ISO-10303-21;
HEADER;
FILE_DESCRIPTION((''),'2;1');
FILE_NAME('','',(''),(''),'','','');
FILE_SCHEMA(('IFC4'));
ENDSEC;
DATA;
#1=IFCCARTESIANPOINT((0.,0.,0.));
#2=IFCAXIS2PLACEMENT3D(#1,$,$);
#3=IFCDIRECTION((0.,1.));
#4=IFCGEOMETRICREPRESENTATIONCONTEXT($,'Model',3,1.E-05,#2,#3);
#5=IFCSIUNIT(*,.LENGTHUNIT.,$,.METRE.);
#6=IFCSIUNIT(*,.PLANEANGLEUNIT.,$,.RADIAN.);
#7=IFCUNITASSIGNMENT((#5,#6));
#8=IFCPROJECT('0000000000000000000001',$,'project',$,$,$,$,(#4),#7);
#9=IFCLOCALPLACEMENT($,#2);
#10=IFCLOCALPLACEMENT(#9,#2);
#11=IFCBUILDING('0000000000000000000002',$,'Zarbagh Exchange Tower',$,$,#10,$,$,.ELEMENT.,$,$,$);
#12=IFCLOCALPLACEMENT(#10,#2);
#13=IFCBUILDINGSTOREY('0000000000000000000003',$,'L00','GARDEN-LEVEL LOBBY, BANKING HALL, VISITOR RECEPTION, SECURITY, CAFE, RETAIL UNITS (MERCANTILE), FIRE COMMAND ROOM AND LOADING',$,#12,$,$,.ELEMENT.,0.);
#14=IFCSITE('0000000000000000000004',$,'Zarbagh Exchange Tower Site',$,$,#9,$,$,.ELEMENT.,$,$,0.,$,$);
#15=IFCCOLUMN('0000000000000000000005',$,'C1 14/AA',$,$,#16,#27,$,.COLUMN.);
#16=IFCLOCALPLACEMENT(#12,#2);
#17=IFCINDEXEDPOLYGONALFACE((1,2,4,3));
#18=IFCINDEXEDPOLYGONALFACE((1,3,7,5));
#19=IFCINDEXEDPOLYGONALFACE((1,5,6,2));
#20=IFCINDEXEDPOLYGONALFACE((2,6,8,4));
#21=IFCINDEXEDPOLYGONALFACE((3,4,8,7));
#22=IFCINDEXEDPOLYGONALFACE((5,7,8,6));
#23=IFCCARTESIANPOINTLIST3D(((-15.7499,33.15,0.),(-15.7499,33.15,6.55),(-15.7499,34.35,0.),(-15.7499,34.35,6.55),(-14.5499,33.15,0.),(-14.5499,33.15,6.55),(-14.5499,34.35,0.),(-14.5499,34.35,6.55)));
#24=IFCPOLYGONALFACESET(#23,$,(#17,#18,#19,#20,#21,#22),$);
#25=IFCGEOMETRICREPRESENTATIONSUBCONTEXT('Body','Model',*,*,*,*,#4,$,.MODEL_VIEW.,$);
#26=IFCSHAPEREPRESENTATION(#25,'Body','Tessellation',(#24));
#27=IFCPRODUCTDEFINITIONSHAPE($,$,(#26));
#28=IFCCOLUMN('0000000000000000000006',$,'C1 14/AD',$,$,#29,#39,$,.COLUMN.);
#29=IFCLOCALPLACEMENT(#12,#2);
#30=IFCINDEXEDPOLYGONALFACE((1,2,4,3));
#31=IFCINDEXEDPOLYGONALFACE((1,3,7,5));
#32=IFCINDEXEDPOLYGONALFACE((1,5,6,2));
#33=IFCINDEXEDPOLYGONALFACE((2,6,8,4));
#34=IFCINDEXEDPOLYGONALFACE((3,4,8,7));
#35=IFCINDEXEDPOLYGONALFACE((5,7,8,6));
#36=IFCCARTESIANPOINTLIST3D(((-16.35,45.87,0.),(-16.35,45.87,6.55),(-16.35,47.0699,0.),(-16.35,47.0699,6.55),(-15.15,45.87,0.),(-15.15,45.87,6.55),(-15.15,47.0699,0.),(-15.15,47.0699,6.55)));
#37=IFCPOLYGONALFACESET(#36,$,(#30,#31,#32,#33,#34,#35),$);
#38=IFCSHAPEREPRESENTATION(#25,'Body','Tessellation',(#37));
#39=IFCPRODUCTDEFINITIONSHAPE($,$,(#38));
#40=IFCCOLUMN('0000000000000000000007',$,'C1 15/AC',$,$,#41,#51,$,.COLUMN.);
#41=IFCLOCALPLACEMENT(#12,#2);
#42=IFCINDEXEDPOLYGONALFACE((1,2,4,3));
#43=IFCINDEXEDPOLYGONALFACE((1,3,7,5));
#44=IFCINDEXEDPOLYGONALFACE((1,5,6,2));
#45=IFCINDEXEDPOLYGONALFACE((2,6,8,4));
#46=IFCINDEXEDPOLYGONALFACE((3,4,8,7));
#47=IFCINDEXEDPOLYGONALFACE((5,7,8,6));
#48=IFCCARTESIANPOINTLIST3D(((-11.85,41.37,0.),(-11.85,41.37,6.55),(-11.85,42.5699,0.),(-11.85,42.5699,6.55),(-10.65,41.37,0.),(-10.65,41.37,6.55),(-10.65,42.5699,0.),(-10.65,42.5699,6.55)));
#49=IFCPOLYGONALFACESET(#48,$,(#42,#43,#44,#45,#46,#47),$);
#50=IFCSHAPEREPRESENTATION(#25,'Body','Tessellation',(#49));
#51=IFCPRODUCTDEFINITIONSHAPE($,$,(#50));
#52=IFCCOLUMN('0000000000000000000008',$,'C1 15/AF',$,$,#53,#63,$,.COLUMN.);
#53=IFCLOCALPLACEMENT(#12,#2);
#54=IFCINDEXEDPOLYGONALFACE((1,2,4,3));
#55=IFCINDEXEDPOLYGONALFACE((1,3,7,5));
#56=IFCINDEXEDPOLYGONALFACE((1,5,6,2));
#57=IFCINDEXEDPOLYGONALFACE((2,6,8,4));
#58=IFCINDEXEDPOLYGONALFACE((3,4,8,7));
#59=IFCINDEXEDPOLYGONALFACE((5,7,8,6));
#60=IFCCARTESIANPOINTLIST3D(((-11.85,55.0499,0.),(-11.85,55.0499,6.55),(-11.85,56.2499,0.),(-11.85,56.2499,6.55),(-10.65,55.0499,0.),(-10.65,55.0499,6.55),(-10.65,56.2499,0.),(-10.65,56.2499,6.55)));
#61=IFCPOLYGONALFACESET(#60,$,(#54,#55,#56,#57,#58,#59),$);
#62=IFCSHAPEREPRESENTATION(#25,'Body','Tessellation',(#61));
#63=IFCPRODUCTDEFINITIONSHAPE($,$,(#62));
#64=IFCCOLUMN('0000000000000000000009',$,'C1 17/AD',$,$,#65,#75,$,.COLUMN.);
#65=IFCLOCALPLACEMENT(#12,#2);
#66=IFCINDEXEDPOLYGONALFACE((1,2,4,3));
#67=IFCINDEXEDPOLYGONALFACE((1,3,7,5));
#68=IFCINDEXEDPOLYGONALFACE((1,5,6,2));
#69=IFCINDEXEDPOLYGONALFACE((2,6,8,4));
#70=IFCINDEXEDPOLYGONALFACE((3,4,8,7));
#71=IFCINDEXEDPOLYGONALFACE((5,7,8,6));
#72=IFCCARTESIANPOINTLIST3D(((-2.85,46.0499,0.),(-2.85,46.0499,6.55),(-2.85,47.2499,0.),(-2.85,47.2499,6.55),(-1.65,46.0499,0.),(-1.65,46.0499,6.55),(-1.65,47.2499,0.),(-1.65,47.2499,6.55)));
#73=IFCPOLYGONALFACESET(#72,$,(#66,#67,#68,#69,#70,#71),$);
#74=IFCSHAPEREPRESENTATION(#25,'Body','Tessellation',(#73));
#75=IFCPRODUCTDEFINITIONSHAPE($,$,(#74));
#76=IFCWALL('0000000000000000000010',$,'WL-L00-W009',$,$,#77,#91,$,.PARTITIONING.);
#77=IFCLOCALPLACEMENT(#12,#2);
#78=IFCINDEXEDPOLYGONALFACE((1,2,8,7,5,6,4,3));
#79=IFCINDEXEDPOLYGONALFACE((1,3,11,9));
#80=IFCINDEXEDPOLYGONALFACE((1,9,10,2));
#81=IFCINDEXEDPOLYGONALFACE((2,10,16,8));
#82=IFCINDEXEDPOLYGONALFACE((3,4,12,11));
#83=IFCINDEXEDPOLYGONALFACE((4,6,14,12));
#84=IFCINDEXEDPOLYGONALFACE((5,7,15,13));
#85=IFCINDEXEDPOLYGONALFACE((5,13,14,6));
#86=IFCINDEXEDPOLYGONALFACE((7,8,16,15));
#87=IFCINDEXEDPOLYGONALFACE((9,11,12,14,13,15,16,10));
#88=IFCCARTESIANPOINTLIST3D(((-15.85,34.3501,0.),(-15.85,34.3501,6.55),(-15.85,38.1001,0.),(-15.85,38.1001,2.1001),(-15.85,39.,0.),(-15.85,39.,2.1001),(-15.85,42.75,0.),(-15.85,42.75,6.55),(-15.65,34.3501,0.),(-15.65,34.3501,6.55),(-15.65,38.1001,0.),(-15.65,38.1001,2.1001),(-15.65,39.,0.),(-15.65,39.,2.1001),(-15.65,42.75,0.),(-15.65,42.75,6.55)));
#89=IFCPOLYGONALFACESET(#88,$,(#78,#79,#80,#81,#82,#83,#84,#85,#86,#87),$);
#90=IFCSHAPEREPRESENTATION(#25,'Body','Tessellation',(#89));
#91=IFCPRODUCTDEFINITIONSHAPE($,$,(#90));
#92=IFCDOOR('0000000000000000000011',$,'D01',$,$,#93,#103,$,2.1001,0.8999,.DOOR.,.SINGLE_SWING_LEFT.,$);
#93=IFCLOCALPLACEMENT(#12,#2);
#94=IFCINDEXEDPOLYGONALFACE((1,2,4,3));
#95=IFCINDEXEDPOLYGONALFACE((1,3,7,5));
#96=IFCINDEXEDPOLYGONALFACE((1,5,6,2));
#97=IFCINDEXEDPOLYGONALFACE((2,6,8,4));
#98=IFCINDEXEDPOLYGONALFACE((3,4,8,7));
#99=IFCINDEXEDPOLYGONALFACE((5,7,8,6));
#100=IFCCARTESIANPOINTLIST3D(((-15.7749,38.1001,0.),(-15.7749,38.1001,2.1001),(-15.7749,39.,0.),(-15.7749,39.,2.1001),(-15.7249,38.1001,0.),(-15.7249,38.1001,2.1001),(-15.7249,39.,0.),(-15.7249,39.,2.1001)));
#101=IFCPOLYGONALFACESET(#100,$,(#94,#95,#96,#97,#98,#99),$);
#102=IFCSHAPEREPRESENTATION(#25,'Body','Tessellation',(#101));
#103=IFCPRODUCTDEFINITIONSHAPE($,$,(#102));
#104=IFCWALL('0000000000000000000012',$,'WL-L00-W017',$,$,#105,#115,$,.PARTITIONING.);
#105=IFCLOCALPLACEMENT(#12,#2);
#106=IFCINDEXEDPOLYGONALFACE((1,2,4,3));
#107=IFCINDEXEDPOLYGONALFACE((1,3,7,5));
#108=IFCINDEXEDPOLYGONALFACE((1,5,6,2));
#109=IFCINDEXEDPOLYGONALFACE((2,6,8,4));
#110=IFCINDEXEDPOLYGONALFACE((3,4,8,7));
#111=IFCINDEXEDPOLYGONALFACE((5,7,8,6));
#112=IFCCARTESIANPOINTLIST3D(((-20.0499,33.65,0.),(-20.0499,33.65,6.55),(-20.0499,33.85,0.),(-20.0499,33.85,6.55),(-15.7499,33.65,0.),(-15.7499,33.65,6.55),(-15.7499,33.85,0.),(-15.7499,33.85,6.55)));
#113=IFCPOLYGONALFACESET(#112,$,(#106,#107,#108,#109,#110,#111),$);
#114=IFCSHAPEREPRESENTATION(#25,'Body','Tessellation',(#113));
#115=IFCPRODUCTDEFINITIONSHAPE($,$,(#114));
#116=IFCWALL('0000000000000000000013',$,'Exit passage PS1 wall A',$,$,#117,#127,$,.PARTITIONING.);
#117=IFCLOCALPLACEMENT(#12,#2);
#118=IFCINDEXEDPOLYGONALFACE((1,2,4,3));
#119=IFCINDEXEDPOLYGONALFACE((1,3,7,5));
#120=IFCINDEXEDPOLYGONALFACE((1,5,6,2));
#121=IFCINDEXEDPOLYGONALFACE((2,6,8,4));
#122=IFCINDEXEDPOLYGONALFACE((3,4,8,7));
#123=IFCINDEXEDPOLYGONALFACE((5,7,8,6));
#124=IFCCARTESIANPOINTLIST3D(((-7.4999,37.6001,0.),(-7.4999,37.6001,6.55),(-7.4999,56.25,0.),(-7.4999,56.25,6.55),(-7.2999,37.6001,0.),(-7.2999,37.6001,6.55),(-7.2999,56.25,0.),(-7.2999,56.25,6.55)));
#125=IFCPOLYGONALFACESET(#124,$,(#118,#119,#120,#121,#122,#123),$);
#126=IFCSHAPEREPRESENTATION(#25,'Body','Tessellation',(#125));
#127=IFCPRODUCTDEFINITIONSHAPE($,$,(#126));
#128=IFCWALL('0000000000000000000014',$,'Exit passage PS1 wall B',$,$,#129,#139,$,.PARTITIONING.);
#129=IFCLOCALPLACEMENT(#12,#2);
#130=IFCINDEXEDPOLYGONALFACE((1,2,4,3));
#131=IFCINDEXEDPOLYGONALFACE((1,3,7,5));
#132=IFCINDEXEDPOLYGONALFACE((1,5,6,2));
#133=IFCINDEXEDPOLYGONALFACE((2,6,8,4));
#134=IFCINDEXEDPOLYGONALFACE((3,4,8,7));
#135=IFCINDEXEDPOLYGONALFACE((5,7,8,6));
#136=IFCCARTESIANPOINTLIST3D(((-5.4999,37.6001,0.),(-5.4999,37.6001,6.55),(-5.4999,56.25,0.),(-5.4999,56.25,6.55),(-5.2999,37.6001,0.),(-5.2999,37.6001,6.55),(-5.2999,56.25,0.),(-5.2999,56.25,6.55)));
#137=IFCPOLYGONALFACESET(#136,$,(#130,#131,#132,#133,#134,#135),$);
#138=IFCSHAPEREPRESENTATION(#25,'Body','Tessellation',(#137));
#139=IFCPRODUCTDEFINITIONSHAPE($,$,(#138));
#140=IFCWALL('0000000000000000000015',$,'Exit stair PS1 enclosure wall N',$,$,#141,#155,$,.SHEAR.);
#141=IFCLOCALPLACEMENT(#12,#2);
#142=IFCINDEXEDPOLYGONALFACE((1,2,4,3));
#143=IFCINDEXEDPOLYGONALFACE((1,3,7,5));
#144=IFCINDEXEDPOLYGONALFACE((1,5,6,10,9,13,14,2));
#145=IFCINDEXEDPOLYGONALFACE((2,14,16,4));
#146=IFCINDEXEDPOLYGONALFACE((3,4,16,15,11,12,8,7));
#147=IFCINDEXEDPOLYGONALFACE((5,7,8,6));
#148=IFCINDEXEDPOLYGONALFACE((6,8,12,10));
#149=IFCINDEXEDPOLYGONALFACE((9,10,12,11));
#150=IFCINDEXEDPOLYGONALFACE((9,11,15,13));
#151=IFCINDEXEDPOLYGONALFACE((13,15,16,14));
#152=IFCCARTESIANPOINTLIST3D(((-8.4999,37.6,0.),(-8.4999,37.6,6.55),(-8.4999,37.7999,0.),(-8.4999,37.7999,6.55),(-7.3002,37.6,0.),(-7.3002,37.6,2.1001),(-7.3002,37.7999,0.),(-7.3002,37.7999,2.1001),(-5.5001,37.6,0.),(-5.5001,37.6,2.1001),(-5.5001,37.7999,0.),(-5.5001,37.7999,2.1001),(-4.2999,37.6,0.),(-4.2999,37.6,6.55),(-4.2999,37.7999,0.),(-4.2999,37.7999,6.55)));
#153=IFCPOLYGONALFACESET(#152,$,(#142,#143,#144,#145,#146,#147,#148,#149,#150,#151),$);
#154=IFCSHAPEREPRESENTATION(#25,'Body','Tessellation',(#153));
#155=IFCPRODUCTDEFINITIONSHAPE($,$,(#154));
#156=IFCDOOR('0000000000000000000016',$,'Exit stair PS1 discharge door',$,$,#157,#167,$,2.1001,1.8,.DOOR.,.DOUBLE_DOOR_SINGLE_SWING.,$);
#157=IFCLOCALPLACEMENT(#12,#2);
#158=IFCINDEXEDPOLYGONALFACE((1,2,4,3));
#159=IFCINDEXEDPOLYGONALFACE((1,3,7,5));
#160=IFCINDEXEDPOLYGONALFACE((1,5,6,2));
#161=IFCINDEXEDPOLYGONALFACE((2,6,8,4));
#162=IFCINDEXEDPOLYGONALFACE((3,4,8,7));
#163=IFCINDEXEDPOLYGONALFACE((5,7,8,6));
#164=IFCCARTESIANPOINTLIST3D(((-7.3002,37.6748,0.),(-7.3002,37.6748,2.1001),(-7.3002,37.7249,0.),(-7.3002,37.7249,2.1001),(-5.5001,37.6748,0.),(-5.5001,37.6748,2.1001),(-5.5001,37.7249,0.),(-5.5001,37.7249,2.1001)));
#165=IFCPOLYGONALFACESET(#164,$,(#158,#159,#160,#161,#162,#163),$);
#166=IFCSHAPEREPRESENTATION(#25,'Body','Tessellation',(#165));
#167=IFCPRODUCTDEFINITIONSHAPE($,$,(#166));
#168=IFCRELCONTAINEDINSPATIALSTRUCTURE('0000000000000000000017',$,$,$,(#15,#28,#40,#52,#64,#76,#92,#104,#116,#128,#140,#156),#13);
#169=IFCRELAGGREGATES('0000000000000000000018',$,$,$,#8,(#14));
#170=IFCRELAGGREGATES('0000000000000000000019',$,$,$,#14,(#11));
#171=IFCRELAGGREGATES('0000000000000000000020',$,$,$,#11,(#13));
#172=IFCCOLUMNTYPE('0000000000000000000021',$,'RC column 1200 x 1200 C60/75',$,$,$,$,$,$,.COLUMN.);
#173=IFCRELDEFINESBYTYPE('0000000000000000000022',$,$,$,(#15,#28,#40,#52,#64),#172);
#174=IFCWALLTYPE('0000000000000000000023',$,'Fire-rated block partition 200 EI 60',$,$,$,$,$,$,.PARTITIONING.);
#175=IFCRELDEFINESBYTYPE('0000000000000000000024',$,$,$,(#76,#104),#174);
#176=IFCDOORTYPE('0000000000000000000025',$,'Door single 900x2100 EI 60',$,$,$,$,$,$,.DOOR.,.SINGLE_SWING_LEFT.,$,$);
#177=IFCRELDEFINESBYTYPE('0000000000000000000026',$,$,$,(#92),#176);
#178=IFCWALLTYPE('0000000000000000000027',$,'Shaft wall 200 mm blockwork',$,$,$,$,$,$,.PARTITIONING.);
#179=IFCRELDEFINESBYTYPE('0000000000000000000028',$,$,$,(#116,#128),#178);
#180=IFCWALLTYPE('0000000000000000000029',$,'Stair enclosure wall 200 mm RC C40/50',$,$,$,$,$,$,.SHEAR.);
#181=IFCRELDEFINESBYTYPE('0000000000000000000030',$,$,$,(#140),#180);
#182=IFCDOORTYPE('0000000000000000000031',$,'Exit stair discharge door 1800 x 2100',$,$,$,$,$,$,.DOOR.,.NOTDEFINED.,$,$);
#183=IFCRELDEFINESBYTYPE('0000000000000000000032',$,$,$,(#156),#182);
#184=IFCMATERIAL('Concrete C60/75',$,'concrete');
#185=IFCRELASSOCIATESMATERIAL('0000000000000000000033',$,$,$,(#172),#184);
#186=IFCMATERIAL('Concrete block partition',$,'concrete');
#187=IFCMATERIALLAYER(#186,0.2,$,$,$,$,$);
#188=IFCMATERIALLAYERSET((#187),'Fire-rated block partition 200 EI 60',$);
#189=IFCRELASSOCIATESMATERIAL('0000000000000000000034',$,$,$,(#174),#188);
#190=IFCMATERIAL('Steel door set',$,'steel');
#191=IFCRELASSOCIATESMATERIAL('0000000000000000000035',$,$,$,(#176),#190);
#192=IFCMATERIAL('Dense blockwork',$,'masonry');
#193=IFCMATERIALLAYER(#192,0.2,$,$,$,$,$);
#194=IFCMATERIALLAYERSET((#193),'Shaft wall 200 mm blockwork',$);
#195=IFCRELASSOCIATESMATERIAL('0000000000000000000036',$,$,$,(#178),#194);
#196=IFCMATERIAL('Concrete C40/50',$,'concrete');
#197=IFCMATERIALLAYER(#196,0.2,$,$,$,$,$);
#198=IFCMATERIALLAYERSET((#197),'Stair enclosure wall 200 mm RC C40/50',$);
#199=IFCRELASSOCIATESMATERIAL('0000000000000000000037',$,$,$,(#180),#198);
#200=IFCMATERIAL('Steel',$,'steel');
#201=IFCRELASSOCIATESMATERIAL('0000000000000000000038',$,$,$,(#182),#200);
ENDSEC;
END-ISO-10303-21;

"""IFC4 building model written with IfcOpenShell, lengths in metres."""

from ifc_helpers import new_model, si_unit, direction, frame, frame_2d, origin, origin_2d, place, context, subcontext, project, spatial, rectangle, extrude, material, layer, layer_set, material_profile, profile_set, type_object, element, fill, save


model = new_model("IFC4")

# Units and contexts
model_context = context("Model", 3, precision=1e-05, world=origin(), true_north=direction((0.0, 1.0)))
body_context = subcontext(model_context, "Body", "Model", "MODEL_VIEW")
ifc_project = project(units=[si_unit("LENGTHUNIT", "METRE"), si_unit("PLANEANGLEUNIT", "RADIAN")], contexts=[model_context])

# Site, building, storey
site_placement = place(None, origin())
site = spatial("IfcSite", under=ifc_project, at=site_placement, Name="Zarbagh Exchange Tower Site", CompositionType="ELEMENT", RefElevation=0.0)
building_placement = place(site_placement, origin())
building = spatial("IfcBuilding", under=site, at=building_placement, Name="Zarbagh Exchange Tower", CompositionType="ELEMENT")
storey_placement = place(building_placement, origin())
storey = spatial("IfcBuildingStorey", under=building, at=storey_placement, Name="L00", Description="GARDEN-LEVEL LOBBY, BANKING HALL, VISITOR RECEPTION, SECURITY, CAFE, RETAIL UNITS (MERCANTILE), FIRE COMMAND ROOM AND LOADING", CompositionType="ELEMENT", Elevation=0.0)

# Columns
ifc_material_1 = material(Name="Concrete C60/75", Category="concrete")
ifc_material_profile = material_profile(ifc_material_1, rectangle(XDim=1.2, YDim=1.2, at=origin_2d()), Name="RC column 1200 x 1200 C60/75")
ifc_profile_set = profile_set([ifc_material_profile], Name="Concrete C60/75")
column_type = type_object("IfcColumnType", Name="RC column 1200 x 1200 C60/75", PredefinedType="COLUMN", material=ifc_profile_set)
for number, where, z_axis, x_axis, name in (
    (1, (-15.1499, 33.75, 0.0), (0.0, 0.0, 1.0), (1.0, 0.0, 0.0), "C1 14/AA"),
    (2, (-15.75, 46.47, 0.0), (0.0, 0.0, 1.0), (1.0, 0.0, 0.0), "C1 14/AD"),
    (3, (-11.25, 41.97, 0.0), (0.0, 0.0, 1.0), (1.0, 0.0, 0.0), "C1 15/AC"),
    (4, (-11.25, 55.6499, 0.0), (0.0, 0.0, 1.0), (1.0, 0.0, 0.0), "C1 15/AF"),
    (5, (-2.25, 46.6499, 0.0), (0.0, 0.0, 1.0), (1.0, 0.0, 0.0), "C1 17/AD"),
):
    element("IfcColumn", number, at=place(storey_placement, frame(where, z_axis=z_axis, x_axis=x_axis)), inside=storey, type_object=column_type, Name=name, PredefinedType="COLUMN", context=body_context, shape_type="SweptSolid", body=[
        extrude(rectangle(XDim=1.2, YDim=1.2, at=origin_2d()), origin(), (0.0, 0.0, 1.0), 6.55),
    ])

# Wall, opening, door
ifc_material_2 = material(Name="Concrete block partition", Category="concrete")
ifc_layer_1 = layer(ifc_material_2, 0.2)
ifc_layer_set_1 = layer_set([ifc_layer_1], Name="Fire-rated block partition 200 EI 60")
wall_type_1 = type_object("IfcWallType", Name="Fire-rated block partition 200 EI 60", PredefinedType="PARTITIONING", material=ifc_layer_set_1)
wall_1_placement = place(storey_placement, frame((-15.75, 34.3501, 0.0), z_axis=(0.0, 0.0, 1.0), x_axis=(0.0, 1.0, 0.0)))
wall_1 = element("IfcWall", 6, at=wall_1_placement, inside=storey, type_object=wall_type_1, Name="WL-L00-W009", PredefinedType="PARTITIONING", context=body_context, shape_type="SweptSolid", body=[
    extrude(rectangle(XDim=8.3999, YDim=0.2, at=frame_2d((4.2, 0.0))), origin(), (0.0, 0.0, 1.0), 6.55),
])
opening_1_placement = place(wall_1_placement, frame((3.75, 0.0, 0.0)))
opening_1 = element("IfcOpeningElement", 7, at=opening_1_placement, cuts=wall_1, PredefinedType="OPENING", context=body_context, shape_type="SweptSolid", body=[
    extrude(rectangle(XDim=0.8999, YDim=2.1001, at=frame_2d((0.45, 1.05))), frame((0.0, 0.1099, 0.0), z_axis=(0.0, -1.0, 0.0), x_axis=(1.0, 0.0, 0.0)), (0.0, 0.0, 1.0), 0.22),
])
ifc_material_3 = material(Name="Steel door set", Category="steel")
door_type_1 = type_object("IfcDoorType", Name="Door single 900x2100 EI 60", OperationType="SINGLE_SWING_LEFT", PredefinedType="DOOR", material=ifc_material_3)
door_1_placement = place(opening_1_placement, origin())
door_1 = element("IfcDoor", 8, at=door_1_placement, inside=storey, type_object=door_type_1, Name="D01", OperationType="SINGLE_SWING_LEFT", OverallHeight=2.1001, OverallWidth=0.8999, PredefinedType="DOOR", context=body_context, shape_type="SweptSolid", body=[
    extrude(rectangle(XDim=0.8999, YDim=2.1001, at=frame_2d((0.45, 1.05))), frame((0.0, 0.0249, 0.0), z_axis=(0.0, -1.0, 0.0), x_axis=(1.0, 0.0, 0.0)), (0.0, 0.0, 1.0), 0.05),
])
fill(opening_1, door_1)

# Walls
wall_2_placement = place(storey_placement, frame((-15.75, 33.75, 0.0), z_axis=(0.0, 0.0, 1.0), x_axis=(-1.0, 0.0, 0.0)))
element("IfcWall", 9, at=wall_2_placement, inside=storey, type_object=wall_type_1, Name="WL-L00-W017", PredefinedType="PARTITIONING", context=body_context, shape_type="SweptSolid", body=[
    extrude(rectangle(XDim=4.3, YDim=0.2, at=frame_2d((2.1499, 0.0))), origin(), (0.0, 0.0, 1.0), 6.55),
])
ifc_material_4 = material(Name="Dense blockwork", Category="masonry")
ifc_layer_2 = layer(ifc_material_4, 0.2)
ifc_layer_set_2 = layer_set([ifc_layer_2], Name="Shaft wall 200 mm blockwork")
wall_type_2 = type_object("IfcWallType", Name="Shaft wall 200 mm blockwork", PredefinedType="PARTITIONING", material=ifc_layer_set_2)
for number, where, z_axis, x_axis, name in (
    (10, (-7.3999, 37.6001, 0.0), (0.0, 0.0, 1.0), (0.0, 1.0, 0.0), "Exit passage PS1 wall A"),
    (11, (-5.3999, 37.6001, 0.0), (0.0, 0.0, 1.0), (0.0, 1.0, 0.0), "Exit passage PS1 wall B"),
):
    element("IfcWall", number, at=place(storey_placement, frame(where, z_axis=z_axis, x_axis=x_axis)), inside=storey, type_object=wall_type_2, Name=name, PredefinedType="PARTITIONING", context=body_context, shape_type="SweptSolid", body=[
        extrude(rectangle(XDim=18.6499, YDim=0.2, at=frame_2d((9.325, 0.0))), origin(), (0.0, 0.0, 1.0), 6.55),
    ])

# Wall, opening, door
ifc_material_5 = material(Name="Concrete C40/50", Category="concrete")
ifc_layer_3 = layer(ifc_material_5, 0.2)
ifc_layer_set_3 = layer_set([ifc_layer_3], Name="Stair enclosure wall 200 mm RC C40/50")
wall_type_3 = type_object("IfcWallType", Name="Stair enclosure wall 200 mm RC C40/50", PredefinedType="SHEAR", material=ifc_layer_set_3)
wall_3_placement = place(storey_placement, frame((-8.5, 37.7, 0.0), z_axis=(0.0, 0.0, 1.0), x_axis=(1.0, 0.0, 0.0)))
wall_3 = element("IfcWall", 12, at=wall_3_placement, inside=storey, type_object=wall_type_3, Name="Exit stair PS1 enclosure wall N", PredefinedType="SHEAR", context=body_context, shape_type="SweptSolid", body=[
    extrude(rectangle(XDim=4.2, YDim=0.2, at=frame_2d((2.1001, 0.0))), origin(), (0.0, 0.0, 1.0), 6.55),
])
opening_2_placement = place(wall_3_placement, frame((1.2, 0.0, 0.0)))
opening_2 = element("IfcOpeningElement", 13, at=opening_2_placement, cuts=wall_3, PredefinedType="OPENING", context=body_context, shape_type="SweptSolid", body=[
    extrude(rectangle(XDim=1.8, YDim=2.1001, at=frame_2d((0.8999, 1.05))), frame((0.0, 0.1099, 0.0), z_axis=(0.0, -1.0, 0.0), x_axis=(1.0, 0.0, 0.0)), (0.0, 0.0, 1.0), 0.22),
])
ifc_material_6 = material(Name="Steel", Category="steel")
door_type_2 = type_object("IfcDoorType", Name="Exit stair discharge door 1800 x 2100", OperationType="NOTDEFINED", PredefinedType="DOOR", material=ifc_material_6)
door_2_placement = place(opening_2_placement, origin())
door_2 = element("IfcDoor", 14, at=door_2_placement, inside=storey, type_object=door_type_2, Name="Exit stair PS1 discharge door", OperationType="DOUBLE_DOOR_SINGLE_SWING", OverallHeight=2.1001, OverallWidth=1.8, PredefinedType="DOOR", context=body_context, shape_type="SweptSolid", body=[
    extrude(rectangle(XDim=1.8, YDim=2.1001, at=frame_2d((0.8999, 1.05))), frame((0.0, 0.0249, 0.0), z_axis=(0.0, -1.0, 0.0), x_axis=(1.0, 0.0, 0.0)), (0.0, 0.0, 1.0), 0.05),
])
fill(opening_2, door_2)

save(model, "model.ifc")
